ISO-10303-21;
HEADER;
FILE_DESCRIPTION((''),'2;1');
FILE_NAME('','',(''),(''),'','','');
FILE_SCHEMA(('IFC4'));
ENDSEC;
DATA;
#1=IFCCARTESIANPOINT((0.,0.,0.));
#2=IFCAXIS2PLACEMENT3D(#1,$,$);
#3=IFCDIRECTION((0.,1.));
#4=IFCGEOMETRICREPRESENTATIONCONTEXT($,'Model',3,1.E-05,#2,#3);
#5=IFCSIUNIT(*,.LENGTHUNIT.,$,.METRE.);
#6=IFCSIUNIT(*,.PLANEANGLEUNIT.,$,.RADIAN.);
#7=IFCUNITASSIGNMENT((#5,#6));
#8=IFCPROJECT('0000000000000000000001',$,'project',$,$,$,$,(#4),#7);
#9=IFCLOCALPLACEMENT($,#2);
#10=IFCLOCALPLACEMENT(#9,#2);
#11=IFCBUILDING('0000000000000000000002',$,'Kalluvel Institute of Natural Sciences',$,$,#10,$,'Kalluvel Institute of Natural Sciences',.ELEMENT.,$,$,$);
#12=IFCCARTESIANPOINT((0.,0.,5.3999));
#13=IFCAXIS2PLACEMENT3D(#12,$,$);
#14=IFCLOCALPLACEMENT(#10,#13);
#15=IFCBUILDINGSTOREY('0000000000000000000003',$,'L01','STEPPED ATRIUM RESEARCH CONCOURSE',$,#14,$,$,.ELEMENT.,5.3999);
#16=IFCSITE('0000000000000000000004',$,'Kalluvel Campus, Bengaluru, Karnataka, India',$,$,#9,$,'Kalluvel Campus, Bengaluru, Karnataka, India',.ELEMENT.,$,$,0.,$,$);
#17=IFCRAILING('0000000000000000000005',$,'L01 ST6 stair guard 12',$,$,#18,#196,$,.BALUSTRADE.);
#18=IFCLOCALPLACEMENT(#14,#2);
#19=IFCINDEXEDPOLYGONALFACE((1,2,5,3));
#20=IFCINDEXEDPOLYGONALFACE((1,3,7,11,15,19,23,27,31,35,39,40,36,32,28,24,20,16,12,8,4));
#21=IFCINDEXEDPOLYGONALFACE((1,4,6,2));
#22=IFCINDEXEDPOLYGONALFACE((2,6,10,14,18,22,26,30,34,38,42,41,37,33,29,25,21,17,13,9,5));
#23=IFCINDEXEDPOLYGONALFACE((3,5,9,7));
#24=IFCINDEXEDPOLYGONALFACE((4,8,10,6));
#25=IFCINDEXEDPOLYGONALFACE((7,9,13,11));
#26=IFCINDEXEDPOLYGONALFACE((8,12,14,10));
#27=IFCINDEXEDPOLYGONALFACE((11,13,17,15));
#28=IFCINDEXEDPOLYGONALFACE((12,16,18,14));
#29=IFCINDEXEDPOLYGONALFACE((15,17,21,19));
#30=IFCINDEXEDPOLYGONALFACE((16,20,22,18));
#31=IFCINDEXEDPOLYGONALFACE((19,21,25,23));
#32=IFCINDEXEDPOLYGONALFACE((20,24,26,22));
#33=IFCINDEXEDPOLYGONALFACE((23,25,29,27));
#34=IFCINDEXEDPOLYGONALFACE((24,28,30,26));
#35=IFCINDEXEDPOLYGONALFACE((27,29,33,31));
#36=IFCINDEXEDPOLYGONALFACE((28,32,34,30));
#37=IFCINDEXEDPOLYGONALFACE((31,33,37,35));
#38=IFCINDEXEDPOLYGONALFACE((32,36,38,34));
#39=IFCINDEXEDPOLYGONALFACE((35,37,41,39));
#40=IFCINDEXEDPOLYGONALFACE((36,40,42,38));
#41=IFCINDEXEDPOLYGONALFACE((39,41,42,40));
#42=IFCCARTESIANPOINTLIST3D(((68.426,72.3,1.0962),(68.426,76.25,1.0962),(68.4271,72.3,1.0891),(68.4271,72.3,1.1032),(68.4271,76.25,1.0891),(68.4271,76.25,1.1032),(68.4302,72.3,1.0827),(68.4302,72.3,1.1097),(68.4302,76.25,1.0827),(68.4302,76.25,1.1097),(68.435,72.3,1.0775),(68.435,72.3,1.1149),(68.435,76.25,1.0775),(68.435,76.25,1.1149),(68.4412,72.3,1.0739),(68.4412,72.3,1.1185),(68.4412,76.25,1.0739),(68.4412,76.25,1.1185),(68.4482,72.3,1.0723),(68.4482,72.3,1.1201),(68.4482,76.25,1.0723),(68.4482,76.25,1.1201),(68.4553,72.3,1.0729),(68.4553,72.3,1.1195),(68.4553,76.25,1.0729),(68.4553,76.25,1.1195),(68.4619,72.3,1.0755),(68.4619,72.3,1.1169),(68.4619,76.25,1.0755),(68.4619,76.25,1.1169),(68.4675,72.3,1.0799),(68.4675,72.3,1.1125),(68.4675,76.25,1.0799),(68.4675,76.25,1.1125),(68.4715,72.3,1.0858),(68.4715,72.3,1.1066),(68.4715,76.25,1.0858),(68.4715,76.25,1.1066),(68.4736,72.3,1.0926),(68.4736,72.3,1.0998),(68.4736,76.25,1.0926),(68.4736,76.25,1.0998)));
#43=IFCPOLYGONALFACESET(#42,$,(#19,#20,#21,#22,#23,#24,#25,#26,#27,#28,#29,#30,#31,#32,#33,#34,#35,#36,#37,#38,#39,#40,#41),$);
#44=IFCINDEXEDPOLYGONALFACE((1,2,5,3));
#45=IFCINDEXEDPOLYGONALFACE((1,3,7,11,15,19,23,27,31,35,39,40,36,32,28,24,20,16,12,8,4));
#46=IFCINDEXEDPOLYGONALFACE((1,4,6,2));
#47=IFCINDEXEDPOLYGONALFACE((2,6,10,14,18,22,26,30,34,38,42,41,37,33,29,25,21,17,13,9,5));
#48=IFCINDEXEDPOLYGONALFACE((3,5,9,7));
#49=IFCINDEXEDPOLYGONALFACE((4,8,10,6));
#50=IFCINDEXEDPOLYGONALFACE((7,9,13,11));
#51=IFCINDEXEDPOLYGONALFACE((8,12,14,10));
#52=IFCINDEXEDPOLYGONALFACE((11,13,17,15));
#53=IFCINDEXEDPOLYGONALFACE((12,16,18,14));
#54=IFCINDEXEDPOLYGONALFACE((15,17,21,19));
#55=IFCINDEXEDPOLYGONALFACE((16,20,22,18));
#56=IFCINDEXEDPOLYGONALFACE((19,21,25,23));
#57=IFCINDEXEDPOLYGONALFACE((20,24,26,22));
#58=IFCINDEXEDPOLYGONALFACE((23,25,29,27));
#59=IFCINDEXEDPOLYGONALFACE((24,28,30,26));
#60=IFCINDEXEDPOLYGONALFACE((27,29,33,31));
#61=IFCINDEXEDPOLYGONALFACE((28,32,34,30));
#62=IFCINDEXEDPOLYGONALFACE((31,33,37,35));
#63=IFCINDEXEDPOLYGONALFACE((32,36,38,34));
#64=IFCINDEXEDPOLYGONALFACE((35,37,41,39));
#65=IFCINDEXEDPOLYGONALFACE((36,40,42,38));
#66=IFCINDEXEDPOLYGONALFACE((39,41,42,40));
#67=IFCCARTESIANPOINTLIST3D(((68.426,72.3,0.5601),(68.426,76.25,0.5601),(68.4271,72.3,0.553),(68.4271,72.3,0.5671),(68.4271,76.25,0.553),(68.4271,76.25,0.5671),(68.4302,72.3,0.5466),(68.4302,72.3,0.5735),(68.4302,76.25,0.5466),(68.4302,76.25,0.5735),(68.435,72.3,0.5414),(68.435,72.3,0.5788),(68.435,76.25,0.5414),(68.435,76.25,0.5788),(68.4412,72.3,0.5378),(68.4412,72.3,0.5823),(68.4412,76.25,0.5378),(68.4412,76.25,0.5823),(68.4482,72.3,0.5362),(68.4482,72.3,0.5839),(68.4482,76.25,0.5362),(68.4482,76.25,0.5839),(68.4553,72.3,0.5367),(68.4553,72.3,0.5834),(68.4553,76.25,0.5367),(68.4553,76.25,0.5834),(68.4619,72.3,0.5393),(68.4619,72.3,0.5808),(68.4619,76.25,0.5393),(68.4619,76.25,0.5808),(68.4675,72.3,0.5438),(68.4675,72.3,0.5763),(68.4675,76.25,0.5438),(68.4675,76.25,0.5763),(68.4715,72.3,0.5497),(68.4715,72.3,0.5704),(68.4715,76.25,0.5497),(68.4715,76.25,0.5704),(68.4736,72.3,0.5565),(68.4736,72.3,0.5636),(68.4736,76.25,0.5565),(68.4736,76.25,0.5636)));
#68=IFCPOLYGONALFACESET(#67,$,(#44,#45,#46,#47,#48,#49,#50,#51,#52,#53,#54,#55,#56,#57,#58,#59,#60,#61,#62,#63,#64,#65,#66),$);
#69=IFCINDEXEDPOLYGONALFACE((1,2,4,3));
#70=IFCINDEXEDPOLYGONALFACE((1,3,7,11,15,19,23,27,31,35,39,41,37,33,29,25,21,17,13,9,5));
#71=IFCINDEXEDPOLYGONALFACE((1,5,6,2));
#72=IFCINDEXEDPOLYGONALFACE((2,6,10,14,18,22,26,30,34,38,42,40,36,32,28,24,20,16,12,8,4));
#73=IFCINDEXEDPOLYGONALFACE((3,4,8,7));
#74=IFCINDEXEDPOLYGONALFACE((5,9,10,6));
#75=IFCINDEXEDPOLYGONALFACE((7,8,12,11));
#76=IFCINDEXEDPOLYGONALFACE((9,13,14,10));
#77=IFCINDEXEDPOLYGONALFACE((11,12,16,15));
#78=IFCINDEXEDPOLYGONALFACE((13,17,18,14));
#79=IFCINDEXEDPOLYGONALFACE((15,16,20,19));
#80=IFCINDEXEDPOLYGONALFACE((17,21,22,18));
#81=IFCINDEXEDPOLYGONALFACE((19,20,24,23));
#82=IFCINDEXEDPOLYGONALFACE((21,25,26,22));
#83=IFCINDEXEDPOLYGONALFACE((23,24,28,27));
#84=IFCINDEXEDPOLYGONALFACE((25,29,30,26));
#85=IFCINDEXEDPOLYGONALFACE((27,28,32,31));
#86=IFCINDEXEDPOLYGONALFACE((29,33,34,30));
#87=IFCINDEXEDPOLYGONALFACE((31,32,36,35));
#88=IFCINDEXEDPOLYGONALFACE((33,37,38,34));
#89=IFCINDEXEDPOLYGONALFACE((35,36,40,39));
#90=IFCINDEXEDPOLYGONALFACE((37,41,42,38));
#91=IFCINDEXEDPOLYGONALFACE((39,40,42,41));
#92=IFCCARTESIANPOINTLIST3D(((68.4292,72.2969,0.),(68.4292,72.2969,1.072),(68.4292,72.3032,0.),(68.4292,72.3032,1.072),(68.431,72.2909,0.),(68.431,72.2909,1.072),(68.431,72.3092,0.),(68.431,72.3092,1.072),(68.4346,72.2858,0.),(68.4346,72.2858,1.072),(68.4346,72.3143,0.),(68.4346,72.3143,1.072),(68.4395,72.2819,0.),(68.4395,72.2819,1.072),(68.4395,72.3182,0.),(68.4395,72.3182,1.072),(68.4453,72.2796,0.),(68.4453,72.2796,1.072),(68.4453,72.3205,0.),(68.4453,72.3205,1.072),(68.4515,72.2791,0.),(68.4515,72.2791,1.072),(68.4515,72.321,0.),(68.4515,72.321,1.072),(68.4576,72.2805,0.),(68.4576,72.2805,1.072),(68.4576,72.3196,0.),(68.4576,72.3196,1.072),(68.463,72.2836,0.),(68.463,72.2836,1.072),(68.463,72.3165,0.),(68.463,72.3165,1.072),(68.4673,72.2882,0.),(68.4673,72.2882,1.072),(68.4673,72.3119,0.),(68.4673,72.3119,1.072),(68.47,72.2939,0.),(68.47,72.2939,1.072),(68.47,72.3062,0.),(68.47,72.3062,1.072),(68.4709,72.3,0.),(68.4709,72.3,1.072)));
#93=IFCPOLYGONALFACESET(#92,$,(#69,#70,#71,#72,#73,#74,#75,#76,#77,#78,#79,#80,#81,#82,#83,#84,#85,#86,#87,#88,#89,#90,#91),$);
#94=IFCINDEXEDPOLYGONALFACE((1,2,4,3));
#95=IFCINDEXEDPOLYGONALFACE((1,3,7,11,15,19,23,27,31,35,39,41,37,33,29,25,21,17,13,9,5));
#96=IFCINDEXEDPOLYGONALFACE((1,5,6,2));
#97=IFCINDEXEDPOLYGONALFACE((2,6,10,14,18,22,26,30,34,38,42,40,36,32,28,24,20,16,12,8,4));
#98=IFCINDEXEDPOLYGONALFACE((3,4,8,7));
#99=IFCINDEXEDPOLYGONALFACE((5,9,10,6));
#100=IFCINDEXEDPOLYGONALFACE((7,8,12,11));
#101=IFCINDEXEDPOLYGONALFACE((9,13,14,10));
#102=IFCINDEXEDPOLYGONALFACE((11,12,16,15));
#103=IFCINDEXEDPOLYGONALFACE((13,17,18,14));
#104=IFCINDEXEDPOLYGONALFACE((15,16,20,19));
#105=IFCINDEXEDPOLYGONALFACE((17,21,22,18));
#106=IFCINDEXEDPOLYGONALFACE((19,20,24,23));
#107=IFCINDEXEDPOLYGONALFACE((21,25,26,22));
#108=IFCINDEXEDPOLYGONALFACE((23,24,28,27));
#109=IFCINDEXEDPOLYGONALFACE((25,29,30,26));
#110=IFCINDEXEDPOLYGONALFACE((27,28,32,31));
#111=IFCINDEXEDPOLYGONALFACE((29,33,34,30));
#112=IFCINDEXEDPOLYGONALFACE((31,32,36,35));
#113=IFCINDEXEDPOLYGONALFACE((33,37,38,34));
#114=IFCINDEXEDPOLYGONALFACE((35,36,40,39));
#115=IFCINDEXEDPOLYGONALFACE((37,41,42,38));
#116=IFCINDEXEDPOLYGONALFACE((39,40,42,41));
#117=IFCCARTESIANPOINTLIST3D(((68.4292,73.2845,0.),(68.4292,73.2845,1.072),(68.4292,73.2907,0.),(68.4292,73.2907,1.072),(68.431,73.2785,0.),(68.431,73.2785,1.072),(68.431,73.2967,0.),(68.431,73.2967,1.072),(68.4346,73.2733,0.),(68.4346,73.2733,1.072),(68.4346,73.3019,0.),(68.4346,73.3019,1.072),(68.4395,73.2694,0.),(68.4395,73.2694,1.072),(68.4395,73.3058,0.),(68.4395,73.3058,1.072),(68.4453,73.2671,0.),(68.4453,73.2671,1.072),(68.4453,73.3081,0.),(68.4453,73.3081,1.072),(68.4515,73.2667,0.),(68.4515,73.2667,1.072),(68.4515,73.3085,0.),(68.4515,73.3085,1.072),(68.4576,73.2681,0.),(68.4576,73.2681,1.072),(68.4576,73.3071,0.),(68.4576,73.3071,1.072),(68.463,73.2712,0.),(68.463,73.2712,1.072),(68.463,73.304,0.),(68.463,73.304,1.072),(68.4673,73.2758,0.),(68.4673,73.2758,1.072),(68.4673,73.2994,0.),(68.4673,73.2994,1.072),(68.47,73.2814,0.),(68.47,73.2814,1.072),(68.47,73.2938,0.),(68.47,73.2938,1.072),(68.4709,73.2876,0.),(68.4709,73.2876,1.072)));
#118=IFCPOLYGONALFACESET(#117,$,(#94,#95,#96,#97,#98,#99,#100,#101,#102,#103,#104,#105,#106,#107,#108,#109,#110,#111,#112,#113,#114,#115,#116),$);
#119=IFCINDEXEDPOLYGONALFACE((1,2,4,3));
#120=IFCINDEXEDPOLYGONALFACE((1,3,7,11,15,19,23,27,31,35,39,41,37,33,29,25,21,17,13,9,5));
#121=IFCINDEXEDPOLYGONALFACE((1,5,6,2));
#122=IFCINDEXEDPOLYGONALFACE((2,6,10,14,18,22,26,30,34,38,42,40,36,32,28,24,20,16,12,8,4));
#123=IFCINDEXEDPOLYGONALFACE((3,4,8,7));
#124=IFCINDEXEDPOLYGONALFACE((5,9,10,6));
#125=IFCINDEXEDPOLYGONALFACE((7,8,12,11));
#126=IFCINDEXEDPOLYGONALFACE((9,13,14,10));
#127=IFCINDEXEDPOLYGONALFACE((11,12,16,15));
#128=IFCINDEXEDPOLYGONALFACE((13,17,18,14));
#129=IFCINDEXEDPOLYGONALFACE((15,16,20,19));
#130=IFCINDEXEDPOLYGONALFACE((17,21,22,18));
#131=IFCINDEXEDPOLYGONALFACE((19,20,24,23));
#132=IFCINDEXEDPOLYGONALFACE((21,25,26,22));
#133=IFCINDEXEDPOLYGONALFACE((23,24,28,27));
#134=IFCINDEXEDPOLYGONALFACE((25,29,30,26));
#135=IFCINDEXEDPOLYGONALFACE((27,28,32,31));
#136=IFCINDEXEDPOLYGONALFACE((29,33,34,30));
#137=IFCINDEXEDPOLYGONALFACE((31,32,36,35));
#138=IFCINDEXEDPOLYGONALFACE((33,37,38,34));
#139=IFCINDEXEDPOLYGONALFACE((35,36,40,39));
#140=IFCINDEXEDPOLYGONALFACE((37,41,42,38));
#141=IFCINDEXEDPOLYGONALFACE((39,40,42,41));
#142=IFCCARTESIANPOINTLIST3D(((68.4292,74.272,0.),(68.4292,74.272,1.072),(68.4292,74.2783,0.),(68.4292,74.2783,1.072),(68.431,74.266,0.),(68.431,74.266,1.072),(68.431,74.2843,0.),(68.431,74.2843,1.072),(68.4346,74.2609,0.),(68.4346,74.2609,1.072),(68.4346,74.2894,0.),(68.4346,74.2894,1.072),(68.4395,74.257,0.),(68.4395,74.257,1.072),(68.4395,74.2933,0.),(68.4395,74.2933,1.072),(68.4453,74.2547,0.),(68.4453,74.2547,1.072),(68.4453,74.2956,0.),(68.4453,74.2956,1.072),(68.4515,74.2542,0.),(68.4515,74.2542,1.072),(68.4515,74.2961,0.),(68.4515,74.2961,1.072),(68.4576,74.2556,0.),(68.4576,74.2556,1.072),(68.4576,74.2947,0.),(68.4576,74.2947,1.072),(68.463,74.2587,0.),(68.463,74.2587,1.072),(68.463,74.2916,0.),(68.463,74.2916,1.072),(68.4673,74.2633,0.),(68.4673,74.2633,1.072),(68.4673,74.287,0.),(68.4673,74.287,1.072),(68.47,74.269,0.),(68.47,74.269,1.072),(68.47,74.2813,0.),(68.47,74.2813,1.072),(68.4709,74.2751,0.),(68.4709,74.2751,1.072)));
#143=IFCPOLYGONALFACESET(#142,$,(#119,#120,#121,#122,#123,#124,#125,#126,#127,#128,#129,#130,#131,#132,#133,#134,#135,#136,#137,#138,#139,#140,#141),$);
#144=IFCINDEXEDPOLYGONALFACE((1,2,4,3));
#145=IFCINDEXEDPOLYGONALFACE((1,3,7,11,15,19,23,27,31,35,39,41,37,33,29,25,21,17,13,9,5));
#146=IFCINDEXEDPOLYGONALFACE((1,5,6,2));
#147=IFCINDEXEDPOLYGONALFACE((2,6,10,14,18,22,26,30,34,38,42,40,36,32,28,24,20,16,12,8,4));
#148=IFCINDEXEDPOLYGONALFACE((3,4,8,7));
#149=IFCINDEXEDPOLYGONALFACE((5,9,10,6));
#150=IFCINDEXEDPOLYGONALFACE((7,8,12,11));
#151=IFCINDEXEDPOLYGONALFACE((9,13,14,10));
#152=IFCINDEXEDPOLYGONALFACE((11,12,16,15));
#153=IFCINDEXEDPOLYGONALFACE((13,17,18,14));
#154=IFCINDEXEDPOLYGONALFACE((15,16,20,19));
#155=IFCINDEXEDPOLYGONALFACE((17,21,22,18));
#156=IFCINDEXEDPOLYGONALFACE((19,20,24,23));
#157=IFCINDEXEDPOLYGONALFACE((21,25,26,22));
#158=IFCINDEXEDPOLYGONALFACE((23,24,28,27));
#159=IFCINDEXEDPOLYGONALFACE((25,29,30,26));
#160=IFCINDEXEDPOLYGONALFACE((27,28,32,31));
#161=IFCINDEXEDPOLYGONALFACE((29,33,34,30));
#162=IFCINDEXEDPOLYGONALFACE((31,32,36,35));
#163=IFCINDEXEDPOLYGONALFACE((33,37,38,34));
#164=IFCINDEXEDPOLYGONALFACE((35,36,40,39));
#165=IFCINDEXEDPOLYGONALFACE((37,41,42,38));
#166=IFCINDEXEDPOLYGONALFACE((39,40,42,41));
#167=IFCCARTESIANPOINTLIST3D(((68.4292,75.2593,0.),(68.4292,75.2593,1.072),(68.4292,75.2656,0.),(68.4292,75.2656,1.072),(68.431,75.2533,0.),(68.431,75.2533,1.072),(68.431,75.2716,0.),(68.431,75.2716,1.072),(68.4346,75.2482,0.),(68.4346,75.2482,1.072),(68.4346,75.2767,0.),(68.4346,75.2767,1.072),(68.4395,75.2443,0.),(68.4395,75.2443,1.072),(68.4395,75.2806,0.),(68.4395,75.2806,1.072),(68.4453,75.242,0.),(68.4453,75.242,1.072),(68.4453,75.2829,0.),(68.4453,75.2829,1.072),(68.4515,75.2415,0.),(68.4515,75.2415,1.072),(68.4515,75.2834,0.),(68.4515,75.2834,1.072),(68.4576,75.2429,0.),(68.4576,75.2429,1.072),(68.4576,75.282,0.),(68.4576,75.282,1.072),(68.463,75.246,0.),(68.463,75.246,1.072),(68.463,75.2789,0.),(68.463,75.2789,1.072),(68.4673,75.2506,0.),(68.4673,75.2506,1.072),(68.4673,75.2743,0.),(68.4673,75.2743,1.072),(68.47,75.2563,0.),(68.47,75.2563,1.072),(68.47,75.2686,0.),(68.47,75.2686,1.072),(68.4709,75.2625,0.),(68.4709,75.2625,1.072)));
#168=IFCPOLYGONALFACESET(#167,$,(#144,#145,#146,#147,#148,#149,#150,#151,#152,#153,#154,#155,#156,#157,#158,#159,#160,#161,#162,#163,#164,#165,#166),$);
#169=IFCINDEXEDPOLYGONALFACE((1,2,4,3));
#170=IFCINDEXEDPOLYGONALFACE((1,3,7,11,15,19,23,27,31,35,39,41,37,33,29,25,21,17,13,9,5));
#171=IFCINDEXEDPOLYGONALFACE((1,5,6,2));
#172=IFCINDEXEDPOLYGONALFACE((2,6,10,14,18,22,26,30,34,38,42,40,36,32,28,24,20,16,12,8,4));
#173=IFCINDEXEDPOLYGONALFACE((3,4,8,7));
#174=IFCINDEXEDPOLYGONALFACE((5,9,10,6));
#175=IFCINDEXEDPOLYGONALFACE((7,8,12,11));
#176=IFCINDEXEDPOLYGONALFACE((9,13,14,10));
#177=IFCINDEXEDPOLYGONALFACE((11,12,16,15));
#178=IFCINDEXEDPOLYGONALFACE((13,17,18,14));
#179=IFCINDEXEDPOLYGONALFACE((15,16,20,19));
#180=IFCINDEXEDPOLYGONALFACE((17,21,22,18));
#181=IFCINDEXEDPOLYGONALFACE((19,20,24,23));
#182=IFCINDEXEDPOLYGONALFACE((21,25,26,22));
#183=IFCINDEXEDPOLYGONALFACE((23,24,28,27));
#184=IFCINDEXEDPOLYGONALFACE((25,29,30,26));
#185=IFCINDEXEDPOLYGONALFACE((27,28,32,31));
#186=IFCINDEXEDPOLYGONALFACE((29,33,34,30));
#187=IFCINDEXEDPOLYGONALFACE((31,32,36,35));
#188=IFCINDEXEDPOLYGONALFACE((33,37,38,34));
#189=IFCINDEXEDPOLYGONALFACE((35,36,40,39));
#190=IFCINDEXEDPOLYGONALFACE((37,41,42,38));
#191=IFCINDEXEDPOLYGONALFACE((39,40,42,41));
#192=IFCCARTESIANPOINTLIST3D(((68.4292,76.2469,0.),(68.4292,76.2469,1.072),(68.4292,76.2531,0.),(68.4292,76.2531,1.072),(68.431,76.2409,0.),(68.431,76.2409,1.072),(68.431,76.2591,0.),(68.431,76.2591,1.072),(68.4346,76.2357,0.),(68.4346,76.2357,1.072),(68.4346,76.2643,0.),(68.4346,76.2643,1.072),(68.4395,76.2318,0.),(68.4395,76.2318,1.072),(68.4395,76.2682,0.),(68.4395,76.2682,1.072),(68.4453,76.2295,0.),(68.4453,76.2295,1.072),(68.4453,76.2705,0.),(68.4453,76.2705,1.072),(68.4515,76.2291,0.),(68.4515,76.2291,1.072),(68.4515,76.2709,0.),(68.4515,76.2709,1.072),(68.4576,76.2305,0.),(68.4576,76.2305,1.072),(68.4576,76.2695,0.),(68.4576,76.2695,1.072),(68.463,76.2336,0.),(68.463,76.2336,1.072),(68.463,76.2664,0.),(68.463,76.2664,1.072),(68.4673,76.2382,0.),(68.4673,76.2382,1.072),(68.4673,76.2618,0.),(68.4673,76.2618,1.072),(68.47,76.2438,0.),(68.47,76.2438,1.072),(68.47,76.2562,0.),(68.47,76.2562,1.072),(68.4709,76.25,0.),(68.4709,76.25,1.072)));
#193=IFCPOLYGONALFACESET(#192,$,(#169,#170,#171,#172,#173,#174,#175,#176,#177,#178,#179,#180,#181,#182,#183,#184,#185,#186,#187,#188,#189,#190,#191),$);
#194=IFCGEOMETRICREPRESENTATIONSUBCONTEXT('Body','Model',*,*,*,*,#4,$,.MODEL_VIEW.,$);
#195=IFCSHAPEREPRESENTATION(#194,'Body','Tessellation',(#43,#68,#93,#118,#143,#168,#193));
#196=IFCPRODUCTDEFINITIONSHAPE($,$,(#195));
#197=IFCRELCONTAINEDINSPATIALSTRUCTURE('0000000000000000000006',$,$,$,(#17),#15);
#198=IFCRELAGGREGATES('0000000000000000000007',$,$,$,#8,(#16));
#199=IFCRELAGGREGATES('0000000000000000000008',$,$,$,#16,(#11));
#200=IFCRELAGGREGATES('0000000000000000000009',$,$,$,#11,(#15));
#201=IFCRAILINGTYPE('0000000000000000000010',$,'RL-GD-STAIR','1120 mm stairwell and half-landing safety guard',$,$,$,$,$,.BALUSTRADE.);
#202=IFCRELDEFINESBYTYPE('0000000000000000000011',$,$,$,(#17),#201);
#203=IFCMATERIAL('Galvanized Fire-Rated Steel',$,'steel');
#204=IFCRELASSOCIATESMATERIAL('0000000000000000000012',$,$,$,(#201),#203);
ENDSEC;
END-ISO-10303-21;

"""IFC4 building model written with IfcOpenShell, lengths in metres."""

from ifc_helpers import new_model, si_unit, direction, frame, origin, origin_2d, place, context, subcontext, project, spatial, circle, extrude, material, type_object, element, save


model = new_model("IFC4")

# Units and contexts
model_context = context("Model", 3, precision=1e-05, world=origin(), true_north=direction((0.0, 1.0)))
body_context = subcontext(model_context, "Body", "Model", "MODEL_VIEW")
ifc_project = project(units=[si_unit("LENGTHUNIT", "METRE"), si_unit("PLANEANGLEUNIT", "RADIAN")], contexts=[model_context])

# Site, building, storey
site_placement = place(None, origin())
site = spatial("IfcSite", under=ifc_project, at=site_placement, Name="Kalluvel Campus, Bengaluru, Karnataka, India", LongName="Kalluvel Campus, Bengaluru, Karnataka, India", CompositionType="ELEMENT", RefElevation=0.0)
building_placement = place(site_placement, origin())
building = spatial("IfcBuilding", under=site, at=building_placement, Name="Kalluvel Institute of Natural Sciences", LongName="Kalluvel Institute of Natural Sciences", CompositionType="ELEMENT")
storey_placement = place(building_placement, frame((0.0, 0.0, 5.3999)))
storey = spatial("IfcBuildingStorey", under=building, at=storey_placement, Name="L01", Description="STEPPED ATRIUM RESEARCH CONCOURSE", CompositionType="ELEMENT", Elevation=5.3999)

# Railing
ifc_material_1 = material(Name="Galvanized Fire-Rated Steel", Category="steel")
railing_type_1 = type_object("IfcRailingType", Name="RL-GD-STAIR", Description="1120 mm stairwell and half-landing safety guard", PredefinedType="BALUSTRADE", material=ifc_material_1)
railing_1_placement = place(storey_placement, frame((68.45, 72.3, 0.0)))
element("IfcRailing", 1, at=railing_1_placement, inside=storey, type_object=railing_type_1, Name="L01 ST6 stair guard 12", PredefinedType="BALUSTRADE", context=body_context, shape_type="SweptSolid", body=[
    extrude(circle(Radius=0.0239, at=origin_2d()), frame((0.0, 0.0, 1.0962), z_axis=(0.0, 1.0, 0.0), x_axis=(-1.0, 0.0, 0.0)), (0.0, 0.0, 1.0), 3.95),
    extrude(circle(Radius=0.0239, at=origin_2d()), frame((0.0, 0.0, 0.5601), z_axis=(0.0, 1.0, 0.0), x_axis=(-1.0, 0.0, 0.0)), (0.0, 0.0, 1.0), 3.95),
    extrude(circle(Radius=0.021, at=origin_2d()), origin(), (0.0, 0.0, 1.0), 1.072),
    extrude(circle(Radius=0.021, at=origin_2d()), frame((0.0, 0.9875, 0.0)), (0.0, 0.0, 1.0), 1.072),
    extrude(circle(Radius=0.021, at=origin_2d()), frame((0.0, 1.9751, 0.0)), (0.0, 0.0, 1.0), 1.072),
    extrude(circle(Radius=0.021, at=origin_2d()), frame((0.0, 2.9624, 0.0)), (0.0, 0.0, 1.0), 1.072),
    extrude(circle(Radius=0.021, at=origin_2d()), frame((0.0, 3.95, 0.0)), (0.0, 0.0, 1.0), 1.072),
])

save(model, "model.ifc")
